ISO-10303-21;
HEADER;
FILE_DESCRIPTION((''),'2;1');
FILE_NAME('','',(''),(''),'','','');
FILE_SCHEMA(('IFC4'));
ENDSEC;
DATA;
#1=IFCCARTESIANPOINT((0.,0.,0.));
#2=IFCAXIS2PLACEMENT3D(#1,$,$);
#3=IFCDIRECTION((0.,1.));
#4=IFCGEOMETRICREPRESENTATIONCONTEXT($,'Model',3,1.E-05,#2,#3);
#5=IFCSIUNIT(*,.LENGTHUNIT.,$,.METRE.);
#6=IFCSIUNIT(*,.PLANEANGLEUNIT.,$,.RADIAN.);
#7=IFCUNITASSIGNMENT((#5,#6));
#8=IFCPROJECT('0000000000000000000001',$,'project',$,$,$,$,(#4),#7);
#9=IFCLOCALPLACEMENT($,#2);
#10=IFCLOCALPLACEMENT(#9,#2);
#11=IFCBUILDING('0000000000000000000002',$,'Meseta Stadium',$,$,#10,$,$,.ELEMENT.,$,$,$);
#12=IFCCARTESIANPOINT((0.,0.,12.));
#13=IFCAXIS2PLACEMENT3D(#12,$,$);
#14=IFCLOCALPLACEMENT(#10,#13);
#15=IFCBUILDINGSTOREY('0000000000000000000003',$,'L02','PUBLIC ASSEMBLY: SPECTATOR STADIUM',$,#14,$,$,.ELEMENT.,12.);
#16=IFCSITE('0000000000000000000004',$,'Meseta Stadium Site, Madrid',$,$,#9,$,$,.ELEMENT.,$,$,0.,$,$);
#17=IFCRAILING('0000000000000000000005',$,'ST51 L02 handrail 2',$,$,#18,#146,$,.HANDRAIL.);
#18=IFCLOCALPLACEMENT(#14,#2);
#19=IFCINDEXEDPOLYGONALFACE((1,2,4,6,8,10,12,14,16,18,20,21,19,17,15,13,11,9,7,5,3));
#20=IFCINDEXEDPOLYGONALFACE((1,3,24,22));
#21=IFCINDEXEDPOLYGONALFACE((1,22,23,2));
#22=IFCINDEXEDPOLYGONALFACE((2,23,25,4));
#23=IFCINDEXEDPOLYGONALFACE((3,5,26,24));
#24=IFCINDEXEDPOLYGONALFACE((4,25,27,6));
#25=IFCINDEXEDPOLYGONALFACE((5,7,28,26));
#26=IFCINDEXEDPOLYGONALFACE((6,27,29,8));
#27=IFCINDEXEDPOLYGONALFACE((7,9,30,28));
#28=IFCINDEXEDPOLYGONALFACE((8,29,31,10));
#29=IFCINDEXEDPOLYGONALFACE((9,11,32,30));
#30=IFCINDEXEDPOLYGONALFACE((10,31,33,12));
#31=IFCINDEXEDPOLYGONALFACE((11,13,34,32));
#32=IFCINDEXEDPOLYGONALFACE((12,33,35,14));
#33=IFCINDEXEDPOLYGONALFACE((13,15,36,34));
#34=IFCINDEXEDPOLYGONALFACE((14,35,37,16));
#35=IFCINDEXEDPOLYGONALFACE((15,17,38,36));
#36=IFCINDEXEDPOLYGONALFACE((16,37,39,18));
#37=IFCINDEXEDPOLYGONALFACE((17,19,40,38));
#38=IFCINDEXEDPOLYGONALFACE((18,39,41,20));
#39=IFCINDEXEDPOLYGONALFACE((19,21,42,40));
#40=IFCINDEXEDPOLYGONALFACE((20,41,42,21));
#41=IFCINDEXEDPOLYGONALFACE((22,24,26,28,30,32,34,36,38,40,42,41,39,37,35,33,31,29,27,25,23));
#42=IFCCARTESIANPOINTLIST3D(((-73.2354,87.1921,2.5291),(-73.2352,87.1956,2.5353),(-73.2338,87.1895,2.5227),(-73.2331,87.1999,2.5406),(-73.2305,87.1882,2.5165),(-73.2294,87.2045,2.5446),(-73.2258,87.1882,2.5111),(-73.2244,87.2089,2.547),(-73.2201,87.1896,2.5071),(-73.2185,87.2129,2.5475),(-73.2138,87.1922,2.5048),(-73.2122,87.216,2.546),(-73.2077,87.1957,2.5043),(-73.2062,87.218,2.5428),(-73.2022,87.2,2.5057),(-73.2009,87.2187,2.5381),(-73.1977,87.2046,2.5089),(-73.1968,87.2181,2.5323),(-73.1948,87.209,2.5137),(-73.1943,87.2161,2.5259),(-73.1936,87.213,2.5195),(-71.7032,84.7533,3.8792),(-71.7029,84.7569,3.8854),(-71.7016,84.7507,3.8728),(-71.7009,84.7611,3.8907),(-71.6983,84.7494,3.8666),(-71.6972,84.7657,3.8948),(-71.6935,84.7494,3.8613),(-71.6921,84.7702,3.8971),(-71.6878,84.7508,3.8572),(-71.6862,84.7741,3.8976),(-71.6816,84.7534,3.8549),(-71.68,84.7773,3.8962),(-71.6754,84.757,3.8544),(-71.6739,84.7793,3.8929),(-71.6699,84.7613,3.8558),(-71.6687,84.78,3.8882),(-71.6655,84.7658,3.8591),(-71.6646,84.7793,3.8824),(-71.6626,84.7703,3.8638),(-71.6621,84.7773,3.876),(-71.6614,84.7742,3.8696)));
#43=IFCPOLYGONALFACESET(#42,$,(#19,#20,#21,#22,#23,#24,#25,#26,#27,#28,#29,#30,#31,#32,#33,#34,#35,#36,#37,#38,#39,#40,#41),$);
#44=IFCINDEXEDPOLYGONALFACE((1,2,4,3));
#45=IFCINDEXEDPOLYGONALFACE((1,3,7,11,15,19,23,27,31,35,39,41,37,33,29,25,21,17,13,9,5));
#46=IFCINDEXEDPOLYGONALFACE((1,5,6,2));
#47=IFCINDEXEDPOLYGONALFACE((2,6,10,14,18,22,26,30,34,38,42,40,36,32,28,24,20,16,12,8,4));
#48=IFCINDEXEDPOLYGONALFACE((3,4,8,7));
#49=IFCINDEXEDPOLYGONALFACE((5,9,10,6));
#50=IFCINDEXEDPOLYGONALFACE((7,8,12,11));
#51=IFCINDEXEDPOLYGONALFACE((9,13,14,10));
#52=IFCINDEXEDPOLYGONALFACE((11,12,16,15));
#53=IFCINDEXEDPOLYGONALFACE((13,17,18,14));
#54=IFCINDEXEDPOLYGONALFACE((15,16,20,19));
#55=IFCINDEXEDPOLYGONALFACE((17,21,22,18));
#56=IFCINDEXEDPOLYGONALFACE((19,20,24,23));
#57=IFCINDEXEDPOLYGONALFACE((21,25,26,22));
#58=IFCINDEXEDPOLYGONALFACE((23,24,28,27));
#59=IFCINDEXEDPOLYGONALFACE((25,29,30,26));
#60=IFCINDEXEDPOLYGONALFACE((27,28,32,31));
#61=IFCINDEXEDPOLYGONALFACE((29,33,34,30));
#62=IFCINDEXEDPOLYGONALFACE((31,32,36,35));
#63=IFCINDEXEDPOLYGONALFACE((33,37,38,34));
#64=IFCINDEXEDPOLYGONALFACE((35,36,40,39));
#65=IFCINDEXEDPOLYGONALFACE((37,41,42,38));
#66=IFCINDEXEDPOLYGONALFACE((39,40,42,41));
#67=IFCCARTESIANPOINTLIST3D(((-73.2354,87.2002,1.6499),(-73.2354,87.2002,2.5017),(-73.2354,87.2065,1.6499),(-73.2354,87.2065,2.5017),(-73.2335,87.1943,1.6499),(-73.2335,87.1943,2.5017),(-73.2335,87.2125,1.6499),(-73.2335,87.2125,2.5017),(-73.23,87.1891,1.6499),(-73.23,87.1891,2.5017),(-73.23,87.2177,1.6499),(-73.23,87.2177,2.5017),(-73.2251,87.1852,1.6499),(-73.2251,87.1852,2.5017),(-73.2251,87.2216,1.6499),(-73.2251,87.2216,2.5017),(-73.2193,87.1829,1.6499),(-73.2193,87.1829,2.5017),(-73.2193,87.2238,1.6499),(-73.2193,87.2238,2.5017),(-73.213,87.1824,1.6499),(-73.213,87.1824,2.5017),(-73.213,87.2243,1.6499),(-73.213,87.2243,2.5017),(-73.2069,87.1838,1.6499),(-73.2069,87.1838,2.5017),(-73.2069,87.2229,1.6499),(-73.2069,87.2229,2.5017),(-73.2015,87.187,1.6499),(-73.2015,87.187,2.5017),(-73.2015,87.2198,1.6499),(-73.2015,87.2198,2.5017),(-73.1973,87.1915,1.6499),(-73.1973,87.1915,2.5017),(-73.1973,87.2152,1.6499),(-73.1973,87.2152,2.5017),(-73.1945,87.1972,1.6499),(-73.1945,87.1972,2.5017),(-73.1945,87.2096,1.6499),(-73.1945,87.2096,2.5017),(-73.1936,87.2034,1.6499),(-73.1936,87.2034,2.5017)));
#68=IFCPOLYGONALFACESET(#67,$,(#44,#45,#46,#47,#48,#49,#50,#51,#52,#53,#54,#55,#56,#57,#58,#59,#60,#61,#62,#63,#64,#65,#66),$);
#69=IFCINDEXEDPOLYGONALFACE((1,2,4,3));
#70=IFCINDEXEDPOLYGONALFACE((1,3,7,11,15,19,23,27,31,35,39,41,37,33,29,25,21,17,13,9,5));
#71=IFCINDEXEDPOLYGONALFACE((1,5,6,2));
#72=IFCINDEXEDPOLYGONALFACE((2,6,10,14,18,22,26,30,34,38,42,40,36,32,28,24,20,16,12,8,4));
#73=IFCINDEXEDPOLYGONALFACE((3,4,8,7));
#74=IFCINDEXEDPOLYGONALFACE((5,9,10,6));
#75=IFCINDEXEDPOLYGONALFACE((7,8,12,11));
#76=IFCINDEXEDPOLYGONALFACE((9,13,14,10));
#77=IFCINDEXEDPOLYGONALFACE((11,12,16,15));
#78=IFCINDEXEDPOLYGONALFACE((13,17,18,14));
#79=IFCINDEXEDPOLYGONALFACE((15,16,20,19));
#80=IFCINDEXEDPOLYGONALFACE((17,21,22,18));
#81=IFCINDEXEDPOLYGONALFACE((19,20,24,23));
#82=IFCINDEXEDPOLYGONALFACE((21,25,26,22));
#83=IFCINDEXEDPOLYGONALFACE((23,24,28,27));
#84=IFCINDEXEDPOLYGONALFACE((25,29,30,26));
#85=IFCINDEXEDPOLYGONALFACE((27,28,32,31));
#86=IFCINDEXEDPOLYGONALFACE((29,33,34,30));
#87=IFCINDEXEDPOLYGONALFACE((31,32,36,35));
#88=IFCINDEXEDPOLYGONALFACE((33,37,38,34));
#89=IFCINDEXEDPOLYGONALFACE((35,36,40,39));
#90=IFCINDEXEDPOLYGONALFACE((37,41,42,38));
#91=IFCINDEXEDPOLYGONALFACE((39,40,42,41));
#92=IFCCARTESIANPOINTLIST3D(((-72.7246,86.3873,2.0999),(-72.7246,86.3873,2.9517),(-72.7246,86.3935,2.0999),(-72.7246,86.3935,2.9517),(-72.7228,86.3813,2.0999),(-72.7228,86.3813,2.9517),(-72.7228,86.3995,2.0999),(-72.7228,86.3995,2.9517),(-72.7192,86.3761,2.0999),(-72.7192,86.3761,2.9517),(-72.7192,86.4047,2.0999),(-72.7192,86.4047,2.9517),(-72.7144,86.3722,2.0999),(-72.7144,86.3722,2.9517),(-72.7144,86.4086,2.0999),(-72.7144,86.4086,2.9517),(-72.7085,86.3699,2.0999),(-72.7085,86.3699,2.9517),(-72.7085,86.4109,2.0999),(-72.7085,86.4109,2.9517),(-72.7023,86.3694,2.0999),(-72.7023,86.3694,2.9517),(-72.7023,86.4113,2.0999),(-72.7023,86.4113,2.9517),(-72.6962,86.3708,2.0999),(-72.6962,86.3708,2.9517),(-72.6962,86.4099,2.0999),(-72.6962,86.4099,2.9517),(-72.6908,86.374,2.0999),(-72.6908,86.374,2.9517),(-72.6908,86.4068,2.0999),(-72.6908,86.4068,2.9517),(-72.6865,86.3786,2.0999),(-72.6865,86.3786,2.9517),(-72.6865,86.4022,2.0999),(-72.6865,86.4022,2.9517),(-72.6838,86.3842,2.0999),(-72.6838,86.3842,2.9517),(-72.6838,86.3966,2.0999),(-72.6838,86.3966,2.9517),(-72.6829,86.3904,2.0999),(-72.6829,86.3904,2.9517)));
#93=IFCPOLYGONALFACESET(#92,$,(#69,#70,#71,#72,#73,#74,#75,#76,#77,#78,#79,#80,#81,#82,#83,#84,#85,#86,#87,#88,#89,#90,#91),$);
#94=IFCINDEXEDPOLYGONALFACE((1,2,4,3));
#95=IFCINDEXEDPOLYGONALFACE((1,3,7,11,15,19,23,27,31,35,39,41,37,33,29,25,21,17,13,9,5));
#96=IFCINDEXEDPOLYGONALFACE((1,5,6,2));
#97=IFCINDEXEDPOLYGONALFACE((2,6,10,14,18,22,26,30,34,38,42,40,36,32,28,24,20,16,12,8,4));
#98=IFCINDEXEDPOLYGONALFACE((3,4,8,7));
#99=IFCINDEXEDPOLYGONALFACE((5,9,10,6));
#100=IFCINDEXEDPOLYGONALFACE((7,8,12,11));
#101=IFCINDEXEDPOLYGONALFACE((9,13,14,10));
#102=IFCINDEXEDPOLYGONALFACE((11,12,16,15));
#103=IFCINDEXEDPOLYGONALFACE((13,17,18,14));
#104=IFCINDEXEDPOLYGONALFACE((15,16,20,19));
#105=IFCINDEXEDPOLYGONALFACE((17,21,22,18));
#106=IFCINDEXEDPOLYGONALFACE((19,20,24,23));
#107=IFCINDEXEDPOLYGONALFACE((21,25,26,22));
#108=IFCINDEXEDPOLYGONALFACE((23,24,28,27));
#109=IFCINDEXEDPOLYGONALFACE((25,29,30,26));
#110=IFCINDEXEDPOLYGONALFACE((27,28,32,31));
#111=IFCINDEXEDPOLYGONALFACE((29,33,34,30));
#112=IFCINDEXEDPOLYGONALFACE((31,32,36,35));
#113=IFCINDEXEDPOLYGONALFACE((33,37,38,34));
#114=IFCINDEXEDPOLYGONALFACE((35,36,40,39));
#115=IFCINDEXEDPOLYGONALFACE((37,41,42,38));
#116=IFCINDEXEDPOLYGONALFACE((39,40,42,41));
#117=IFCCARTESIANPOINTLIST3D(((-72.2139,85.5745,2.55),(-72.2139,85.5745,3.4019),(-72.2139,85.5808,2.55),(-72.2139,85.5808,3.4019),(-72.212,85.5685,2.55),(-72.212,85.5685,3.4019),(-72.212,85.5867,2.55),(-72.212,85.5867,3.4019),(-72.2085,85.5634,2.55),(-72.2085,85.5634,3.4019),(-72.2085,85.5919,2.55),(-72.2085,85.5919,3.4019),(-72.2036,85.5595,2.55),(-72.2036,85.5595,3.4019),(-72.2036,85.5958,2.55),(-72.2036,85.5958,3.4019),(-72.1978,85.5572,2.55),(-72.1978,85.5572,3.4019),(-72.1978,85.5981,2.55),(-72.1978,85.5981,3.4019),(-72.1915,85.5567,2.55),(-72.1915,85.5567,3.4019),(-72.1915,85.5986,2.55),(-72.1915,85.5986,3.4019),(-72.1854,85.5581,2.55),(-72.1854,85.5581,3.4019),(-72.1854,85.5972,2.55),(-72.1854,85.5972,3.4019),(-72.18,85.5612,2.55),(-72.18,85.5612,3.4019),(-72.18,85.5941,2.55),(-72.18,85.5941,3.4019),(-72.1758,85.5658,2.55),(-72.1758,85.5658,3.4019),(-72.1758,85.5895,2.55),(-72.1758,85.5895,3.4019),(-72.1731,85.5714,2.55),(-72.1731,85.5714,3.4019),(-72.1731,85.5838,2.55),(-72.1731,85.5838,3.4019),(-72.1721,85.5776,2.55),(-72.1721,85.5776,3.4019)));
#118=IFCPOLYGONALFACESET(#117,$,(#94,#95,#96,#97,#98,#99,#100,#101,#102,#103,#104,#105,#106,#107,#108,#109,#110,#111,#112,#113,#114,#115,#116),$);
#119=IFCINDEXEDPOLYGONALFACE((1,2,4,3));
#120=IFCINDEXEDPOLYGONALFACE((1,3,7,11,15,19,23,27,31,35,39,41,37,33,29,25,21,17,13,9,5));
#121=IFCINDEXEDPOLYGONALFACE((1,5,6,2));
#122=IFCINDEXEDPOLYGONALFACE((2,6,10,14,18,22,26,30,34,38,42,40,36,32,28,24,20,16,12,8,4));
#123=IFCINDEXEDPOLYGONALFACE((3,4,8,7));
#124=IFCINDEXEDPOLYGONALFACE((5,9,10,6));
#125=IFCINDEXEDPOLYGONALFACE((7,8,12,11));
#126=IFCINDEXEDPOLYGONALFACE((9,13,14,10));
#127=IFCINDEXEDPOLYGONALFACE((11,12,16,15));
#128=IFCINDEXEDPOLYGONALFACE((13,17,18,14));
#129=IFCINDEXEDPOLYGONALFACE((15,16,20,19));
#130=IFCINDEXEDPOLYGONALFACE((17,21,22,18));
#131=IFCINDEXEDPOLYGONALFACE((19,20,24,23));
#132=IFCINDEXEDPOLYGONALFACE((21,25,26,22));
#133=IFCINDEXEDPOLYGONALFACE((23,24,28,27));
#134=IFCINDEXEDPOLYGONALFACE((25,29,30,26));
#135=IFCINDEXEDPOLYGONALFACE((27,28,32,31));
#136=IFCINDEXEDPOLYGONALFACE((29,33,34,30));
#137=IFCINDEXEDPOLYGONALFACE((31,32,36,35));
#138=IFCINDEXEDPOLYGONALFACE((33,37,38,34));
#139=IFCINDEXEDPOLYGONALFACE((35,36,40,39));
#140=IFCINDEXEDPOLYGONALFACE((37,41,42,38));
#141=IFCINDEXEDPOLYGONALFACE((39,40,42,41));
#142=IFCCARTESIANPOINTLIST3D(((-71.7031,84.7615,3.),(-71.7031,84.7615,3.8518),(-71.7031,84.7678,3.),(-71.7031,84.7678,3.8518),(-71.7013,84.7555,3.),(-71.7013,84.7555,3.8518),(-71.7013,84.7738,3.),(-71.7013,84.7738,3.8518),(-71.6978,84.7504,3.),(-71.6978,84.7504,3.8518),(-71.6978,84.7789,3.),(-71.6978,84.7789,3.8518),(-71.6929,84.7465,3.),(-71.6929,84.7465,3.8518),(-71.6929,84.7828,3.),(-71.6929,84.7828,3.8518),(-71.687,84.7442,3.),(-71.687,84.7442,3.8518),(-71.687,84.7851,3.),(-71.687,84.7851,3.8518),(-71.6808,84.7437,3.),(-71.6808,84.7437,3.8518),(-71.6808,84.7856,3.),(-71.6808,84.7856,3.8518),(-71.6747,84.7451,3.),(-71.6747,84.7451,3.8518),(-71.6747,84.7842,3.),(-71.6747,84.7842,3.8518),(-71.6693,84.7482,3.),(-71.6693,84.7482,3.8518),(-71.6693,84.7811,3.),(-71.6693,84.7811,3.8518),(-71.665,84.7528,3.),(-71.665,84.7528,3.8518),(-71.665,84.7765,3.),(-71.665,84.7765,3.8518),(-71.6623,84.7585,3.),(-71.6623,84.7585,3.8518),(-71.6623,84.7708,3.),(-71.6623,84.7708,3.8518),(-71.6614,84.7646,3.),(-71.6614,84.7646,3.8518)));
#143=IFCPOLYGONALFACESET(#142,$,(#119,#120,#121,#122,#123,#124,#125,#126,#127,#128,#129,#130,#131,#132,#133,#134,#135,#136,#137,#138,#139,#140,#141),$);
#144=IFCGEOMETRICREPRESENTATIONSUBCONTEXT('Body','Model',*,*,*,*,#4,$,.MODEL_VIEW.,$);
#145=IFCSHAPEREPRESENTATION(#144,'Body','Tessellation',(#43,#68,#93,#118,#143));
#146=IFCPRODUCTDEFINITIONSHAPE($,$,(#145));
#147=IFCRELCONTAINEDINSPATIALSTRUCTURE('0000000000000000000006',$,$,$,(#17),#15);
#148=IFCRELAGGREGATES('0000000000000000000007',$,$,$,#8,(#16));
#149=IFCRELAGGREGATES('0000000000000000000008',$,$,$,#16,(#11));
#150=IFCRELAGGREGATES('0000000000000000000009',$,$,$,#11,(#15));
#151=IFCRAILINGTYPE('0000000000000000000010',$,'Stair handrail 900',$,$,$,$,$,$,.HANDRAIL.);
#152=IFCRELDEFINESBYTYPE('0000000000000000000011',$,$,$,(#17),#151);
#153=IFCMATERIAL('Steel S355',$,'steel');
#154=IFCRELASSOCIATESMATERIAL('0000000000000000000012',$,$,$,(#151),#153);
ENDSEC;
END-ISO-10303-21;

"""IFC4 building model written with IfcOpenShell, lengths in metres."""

from ifc_helpers import new_model, si_unit, direction, frame, origin, origin_2d, place, context, subcontext, project, spatial, circle, extrude, material, type_object, element, save


model = new_model("IFC4")

# Units and contexts
model_context = context("Model", 3, precision=1e-05, world=origin(), true_north=direction((0.0, 1.0)))
body_context = subcontext(model_context, "Body", "Model", "MODEL_VIEW")
ifc_project = project(units=[si_unit("LENGTHUNIT", "METRE"), si_unit("PLANEANGLEUNIT", "RADIAN")], contexts=[model_context])

# Site, building, storey
site_placement = place(None, origin())
site = spatial("IfcSite", under=ifc_project, at=site_placement, Name="Meseta Stadium Site, Madrid", CompositionType="ELEMENT", RefElevation=0.0)
building_placement = place(site_placement, origin())
building = spatial("IfcBuilding", under=site, at=building_placement, Name="Meseta Stadium", CompositionType="ELEMENT")
storey_placement = place(building_placement, frame((0.0, 0.0, 12.0)))
storey = spatial("IfcBuildingStorey", under=building, at=storey_placement, Name="L02", Description="PUBLIC ASSEMBLY: SPECTATOR STADIUM", CompositionType="ELEMENT", Elevation=12.0)

# Railing
ifc_material_1 = material(Name="Steel S355", Category="steel")
railing_type_1 = type_object("IfcRailingType", Name="Stair handrail 900", PredefinedType="HANDRAIL", material=ifc_material_1)
for number, where, name in (
    (1, (-73.2146, 87.2034, 1.6499), "ST51 L02 handrail 2"),
):
    element("IfcRailing", number, at=place(storey_placement, frame(where)), inside=storey, type_object=railing_type_1, Name=name, PredefinedType="HANDRAIL", context=body_context, shape_type="SweptSolid", body=[
        extrude(circle(Radius=0.0239, at=origin_2d()), frame((0.0, 0.0, 0.876), z_axis=(0.481703, -0.766687, 0.424445), x_axis=(0.846743, 0.532001, 0.0)), (0.0, 0.0, 1.0), 3.1809),
        extrude(circle(Radius=0.021, at=origin_2d()), origin(), (0.0, 0.0, 1.0), 0.8518),
        extrude(circle(Radius=0.021, at=origin_2d()), frame((0.5107, -0.813, 0.45)), (0.0, 0.0, 1.0), 0.8518),
        extrude(circle(Radius=0.021, at=origin_2d()), frame((1.0215, -1.6257, 0.9001)), (0.0, 0.0, 1.0), 0.8518),
        extrude(circle(Radius=0.021, at=origin_2d()), frame((1.5322, -2.4387, 1.3501)), (0.0, 0.0, 1.0), 0.8518),
    ])

save(model, "model.ifc")
